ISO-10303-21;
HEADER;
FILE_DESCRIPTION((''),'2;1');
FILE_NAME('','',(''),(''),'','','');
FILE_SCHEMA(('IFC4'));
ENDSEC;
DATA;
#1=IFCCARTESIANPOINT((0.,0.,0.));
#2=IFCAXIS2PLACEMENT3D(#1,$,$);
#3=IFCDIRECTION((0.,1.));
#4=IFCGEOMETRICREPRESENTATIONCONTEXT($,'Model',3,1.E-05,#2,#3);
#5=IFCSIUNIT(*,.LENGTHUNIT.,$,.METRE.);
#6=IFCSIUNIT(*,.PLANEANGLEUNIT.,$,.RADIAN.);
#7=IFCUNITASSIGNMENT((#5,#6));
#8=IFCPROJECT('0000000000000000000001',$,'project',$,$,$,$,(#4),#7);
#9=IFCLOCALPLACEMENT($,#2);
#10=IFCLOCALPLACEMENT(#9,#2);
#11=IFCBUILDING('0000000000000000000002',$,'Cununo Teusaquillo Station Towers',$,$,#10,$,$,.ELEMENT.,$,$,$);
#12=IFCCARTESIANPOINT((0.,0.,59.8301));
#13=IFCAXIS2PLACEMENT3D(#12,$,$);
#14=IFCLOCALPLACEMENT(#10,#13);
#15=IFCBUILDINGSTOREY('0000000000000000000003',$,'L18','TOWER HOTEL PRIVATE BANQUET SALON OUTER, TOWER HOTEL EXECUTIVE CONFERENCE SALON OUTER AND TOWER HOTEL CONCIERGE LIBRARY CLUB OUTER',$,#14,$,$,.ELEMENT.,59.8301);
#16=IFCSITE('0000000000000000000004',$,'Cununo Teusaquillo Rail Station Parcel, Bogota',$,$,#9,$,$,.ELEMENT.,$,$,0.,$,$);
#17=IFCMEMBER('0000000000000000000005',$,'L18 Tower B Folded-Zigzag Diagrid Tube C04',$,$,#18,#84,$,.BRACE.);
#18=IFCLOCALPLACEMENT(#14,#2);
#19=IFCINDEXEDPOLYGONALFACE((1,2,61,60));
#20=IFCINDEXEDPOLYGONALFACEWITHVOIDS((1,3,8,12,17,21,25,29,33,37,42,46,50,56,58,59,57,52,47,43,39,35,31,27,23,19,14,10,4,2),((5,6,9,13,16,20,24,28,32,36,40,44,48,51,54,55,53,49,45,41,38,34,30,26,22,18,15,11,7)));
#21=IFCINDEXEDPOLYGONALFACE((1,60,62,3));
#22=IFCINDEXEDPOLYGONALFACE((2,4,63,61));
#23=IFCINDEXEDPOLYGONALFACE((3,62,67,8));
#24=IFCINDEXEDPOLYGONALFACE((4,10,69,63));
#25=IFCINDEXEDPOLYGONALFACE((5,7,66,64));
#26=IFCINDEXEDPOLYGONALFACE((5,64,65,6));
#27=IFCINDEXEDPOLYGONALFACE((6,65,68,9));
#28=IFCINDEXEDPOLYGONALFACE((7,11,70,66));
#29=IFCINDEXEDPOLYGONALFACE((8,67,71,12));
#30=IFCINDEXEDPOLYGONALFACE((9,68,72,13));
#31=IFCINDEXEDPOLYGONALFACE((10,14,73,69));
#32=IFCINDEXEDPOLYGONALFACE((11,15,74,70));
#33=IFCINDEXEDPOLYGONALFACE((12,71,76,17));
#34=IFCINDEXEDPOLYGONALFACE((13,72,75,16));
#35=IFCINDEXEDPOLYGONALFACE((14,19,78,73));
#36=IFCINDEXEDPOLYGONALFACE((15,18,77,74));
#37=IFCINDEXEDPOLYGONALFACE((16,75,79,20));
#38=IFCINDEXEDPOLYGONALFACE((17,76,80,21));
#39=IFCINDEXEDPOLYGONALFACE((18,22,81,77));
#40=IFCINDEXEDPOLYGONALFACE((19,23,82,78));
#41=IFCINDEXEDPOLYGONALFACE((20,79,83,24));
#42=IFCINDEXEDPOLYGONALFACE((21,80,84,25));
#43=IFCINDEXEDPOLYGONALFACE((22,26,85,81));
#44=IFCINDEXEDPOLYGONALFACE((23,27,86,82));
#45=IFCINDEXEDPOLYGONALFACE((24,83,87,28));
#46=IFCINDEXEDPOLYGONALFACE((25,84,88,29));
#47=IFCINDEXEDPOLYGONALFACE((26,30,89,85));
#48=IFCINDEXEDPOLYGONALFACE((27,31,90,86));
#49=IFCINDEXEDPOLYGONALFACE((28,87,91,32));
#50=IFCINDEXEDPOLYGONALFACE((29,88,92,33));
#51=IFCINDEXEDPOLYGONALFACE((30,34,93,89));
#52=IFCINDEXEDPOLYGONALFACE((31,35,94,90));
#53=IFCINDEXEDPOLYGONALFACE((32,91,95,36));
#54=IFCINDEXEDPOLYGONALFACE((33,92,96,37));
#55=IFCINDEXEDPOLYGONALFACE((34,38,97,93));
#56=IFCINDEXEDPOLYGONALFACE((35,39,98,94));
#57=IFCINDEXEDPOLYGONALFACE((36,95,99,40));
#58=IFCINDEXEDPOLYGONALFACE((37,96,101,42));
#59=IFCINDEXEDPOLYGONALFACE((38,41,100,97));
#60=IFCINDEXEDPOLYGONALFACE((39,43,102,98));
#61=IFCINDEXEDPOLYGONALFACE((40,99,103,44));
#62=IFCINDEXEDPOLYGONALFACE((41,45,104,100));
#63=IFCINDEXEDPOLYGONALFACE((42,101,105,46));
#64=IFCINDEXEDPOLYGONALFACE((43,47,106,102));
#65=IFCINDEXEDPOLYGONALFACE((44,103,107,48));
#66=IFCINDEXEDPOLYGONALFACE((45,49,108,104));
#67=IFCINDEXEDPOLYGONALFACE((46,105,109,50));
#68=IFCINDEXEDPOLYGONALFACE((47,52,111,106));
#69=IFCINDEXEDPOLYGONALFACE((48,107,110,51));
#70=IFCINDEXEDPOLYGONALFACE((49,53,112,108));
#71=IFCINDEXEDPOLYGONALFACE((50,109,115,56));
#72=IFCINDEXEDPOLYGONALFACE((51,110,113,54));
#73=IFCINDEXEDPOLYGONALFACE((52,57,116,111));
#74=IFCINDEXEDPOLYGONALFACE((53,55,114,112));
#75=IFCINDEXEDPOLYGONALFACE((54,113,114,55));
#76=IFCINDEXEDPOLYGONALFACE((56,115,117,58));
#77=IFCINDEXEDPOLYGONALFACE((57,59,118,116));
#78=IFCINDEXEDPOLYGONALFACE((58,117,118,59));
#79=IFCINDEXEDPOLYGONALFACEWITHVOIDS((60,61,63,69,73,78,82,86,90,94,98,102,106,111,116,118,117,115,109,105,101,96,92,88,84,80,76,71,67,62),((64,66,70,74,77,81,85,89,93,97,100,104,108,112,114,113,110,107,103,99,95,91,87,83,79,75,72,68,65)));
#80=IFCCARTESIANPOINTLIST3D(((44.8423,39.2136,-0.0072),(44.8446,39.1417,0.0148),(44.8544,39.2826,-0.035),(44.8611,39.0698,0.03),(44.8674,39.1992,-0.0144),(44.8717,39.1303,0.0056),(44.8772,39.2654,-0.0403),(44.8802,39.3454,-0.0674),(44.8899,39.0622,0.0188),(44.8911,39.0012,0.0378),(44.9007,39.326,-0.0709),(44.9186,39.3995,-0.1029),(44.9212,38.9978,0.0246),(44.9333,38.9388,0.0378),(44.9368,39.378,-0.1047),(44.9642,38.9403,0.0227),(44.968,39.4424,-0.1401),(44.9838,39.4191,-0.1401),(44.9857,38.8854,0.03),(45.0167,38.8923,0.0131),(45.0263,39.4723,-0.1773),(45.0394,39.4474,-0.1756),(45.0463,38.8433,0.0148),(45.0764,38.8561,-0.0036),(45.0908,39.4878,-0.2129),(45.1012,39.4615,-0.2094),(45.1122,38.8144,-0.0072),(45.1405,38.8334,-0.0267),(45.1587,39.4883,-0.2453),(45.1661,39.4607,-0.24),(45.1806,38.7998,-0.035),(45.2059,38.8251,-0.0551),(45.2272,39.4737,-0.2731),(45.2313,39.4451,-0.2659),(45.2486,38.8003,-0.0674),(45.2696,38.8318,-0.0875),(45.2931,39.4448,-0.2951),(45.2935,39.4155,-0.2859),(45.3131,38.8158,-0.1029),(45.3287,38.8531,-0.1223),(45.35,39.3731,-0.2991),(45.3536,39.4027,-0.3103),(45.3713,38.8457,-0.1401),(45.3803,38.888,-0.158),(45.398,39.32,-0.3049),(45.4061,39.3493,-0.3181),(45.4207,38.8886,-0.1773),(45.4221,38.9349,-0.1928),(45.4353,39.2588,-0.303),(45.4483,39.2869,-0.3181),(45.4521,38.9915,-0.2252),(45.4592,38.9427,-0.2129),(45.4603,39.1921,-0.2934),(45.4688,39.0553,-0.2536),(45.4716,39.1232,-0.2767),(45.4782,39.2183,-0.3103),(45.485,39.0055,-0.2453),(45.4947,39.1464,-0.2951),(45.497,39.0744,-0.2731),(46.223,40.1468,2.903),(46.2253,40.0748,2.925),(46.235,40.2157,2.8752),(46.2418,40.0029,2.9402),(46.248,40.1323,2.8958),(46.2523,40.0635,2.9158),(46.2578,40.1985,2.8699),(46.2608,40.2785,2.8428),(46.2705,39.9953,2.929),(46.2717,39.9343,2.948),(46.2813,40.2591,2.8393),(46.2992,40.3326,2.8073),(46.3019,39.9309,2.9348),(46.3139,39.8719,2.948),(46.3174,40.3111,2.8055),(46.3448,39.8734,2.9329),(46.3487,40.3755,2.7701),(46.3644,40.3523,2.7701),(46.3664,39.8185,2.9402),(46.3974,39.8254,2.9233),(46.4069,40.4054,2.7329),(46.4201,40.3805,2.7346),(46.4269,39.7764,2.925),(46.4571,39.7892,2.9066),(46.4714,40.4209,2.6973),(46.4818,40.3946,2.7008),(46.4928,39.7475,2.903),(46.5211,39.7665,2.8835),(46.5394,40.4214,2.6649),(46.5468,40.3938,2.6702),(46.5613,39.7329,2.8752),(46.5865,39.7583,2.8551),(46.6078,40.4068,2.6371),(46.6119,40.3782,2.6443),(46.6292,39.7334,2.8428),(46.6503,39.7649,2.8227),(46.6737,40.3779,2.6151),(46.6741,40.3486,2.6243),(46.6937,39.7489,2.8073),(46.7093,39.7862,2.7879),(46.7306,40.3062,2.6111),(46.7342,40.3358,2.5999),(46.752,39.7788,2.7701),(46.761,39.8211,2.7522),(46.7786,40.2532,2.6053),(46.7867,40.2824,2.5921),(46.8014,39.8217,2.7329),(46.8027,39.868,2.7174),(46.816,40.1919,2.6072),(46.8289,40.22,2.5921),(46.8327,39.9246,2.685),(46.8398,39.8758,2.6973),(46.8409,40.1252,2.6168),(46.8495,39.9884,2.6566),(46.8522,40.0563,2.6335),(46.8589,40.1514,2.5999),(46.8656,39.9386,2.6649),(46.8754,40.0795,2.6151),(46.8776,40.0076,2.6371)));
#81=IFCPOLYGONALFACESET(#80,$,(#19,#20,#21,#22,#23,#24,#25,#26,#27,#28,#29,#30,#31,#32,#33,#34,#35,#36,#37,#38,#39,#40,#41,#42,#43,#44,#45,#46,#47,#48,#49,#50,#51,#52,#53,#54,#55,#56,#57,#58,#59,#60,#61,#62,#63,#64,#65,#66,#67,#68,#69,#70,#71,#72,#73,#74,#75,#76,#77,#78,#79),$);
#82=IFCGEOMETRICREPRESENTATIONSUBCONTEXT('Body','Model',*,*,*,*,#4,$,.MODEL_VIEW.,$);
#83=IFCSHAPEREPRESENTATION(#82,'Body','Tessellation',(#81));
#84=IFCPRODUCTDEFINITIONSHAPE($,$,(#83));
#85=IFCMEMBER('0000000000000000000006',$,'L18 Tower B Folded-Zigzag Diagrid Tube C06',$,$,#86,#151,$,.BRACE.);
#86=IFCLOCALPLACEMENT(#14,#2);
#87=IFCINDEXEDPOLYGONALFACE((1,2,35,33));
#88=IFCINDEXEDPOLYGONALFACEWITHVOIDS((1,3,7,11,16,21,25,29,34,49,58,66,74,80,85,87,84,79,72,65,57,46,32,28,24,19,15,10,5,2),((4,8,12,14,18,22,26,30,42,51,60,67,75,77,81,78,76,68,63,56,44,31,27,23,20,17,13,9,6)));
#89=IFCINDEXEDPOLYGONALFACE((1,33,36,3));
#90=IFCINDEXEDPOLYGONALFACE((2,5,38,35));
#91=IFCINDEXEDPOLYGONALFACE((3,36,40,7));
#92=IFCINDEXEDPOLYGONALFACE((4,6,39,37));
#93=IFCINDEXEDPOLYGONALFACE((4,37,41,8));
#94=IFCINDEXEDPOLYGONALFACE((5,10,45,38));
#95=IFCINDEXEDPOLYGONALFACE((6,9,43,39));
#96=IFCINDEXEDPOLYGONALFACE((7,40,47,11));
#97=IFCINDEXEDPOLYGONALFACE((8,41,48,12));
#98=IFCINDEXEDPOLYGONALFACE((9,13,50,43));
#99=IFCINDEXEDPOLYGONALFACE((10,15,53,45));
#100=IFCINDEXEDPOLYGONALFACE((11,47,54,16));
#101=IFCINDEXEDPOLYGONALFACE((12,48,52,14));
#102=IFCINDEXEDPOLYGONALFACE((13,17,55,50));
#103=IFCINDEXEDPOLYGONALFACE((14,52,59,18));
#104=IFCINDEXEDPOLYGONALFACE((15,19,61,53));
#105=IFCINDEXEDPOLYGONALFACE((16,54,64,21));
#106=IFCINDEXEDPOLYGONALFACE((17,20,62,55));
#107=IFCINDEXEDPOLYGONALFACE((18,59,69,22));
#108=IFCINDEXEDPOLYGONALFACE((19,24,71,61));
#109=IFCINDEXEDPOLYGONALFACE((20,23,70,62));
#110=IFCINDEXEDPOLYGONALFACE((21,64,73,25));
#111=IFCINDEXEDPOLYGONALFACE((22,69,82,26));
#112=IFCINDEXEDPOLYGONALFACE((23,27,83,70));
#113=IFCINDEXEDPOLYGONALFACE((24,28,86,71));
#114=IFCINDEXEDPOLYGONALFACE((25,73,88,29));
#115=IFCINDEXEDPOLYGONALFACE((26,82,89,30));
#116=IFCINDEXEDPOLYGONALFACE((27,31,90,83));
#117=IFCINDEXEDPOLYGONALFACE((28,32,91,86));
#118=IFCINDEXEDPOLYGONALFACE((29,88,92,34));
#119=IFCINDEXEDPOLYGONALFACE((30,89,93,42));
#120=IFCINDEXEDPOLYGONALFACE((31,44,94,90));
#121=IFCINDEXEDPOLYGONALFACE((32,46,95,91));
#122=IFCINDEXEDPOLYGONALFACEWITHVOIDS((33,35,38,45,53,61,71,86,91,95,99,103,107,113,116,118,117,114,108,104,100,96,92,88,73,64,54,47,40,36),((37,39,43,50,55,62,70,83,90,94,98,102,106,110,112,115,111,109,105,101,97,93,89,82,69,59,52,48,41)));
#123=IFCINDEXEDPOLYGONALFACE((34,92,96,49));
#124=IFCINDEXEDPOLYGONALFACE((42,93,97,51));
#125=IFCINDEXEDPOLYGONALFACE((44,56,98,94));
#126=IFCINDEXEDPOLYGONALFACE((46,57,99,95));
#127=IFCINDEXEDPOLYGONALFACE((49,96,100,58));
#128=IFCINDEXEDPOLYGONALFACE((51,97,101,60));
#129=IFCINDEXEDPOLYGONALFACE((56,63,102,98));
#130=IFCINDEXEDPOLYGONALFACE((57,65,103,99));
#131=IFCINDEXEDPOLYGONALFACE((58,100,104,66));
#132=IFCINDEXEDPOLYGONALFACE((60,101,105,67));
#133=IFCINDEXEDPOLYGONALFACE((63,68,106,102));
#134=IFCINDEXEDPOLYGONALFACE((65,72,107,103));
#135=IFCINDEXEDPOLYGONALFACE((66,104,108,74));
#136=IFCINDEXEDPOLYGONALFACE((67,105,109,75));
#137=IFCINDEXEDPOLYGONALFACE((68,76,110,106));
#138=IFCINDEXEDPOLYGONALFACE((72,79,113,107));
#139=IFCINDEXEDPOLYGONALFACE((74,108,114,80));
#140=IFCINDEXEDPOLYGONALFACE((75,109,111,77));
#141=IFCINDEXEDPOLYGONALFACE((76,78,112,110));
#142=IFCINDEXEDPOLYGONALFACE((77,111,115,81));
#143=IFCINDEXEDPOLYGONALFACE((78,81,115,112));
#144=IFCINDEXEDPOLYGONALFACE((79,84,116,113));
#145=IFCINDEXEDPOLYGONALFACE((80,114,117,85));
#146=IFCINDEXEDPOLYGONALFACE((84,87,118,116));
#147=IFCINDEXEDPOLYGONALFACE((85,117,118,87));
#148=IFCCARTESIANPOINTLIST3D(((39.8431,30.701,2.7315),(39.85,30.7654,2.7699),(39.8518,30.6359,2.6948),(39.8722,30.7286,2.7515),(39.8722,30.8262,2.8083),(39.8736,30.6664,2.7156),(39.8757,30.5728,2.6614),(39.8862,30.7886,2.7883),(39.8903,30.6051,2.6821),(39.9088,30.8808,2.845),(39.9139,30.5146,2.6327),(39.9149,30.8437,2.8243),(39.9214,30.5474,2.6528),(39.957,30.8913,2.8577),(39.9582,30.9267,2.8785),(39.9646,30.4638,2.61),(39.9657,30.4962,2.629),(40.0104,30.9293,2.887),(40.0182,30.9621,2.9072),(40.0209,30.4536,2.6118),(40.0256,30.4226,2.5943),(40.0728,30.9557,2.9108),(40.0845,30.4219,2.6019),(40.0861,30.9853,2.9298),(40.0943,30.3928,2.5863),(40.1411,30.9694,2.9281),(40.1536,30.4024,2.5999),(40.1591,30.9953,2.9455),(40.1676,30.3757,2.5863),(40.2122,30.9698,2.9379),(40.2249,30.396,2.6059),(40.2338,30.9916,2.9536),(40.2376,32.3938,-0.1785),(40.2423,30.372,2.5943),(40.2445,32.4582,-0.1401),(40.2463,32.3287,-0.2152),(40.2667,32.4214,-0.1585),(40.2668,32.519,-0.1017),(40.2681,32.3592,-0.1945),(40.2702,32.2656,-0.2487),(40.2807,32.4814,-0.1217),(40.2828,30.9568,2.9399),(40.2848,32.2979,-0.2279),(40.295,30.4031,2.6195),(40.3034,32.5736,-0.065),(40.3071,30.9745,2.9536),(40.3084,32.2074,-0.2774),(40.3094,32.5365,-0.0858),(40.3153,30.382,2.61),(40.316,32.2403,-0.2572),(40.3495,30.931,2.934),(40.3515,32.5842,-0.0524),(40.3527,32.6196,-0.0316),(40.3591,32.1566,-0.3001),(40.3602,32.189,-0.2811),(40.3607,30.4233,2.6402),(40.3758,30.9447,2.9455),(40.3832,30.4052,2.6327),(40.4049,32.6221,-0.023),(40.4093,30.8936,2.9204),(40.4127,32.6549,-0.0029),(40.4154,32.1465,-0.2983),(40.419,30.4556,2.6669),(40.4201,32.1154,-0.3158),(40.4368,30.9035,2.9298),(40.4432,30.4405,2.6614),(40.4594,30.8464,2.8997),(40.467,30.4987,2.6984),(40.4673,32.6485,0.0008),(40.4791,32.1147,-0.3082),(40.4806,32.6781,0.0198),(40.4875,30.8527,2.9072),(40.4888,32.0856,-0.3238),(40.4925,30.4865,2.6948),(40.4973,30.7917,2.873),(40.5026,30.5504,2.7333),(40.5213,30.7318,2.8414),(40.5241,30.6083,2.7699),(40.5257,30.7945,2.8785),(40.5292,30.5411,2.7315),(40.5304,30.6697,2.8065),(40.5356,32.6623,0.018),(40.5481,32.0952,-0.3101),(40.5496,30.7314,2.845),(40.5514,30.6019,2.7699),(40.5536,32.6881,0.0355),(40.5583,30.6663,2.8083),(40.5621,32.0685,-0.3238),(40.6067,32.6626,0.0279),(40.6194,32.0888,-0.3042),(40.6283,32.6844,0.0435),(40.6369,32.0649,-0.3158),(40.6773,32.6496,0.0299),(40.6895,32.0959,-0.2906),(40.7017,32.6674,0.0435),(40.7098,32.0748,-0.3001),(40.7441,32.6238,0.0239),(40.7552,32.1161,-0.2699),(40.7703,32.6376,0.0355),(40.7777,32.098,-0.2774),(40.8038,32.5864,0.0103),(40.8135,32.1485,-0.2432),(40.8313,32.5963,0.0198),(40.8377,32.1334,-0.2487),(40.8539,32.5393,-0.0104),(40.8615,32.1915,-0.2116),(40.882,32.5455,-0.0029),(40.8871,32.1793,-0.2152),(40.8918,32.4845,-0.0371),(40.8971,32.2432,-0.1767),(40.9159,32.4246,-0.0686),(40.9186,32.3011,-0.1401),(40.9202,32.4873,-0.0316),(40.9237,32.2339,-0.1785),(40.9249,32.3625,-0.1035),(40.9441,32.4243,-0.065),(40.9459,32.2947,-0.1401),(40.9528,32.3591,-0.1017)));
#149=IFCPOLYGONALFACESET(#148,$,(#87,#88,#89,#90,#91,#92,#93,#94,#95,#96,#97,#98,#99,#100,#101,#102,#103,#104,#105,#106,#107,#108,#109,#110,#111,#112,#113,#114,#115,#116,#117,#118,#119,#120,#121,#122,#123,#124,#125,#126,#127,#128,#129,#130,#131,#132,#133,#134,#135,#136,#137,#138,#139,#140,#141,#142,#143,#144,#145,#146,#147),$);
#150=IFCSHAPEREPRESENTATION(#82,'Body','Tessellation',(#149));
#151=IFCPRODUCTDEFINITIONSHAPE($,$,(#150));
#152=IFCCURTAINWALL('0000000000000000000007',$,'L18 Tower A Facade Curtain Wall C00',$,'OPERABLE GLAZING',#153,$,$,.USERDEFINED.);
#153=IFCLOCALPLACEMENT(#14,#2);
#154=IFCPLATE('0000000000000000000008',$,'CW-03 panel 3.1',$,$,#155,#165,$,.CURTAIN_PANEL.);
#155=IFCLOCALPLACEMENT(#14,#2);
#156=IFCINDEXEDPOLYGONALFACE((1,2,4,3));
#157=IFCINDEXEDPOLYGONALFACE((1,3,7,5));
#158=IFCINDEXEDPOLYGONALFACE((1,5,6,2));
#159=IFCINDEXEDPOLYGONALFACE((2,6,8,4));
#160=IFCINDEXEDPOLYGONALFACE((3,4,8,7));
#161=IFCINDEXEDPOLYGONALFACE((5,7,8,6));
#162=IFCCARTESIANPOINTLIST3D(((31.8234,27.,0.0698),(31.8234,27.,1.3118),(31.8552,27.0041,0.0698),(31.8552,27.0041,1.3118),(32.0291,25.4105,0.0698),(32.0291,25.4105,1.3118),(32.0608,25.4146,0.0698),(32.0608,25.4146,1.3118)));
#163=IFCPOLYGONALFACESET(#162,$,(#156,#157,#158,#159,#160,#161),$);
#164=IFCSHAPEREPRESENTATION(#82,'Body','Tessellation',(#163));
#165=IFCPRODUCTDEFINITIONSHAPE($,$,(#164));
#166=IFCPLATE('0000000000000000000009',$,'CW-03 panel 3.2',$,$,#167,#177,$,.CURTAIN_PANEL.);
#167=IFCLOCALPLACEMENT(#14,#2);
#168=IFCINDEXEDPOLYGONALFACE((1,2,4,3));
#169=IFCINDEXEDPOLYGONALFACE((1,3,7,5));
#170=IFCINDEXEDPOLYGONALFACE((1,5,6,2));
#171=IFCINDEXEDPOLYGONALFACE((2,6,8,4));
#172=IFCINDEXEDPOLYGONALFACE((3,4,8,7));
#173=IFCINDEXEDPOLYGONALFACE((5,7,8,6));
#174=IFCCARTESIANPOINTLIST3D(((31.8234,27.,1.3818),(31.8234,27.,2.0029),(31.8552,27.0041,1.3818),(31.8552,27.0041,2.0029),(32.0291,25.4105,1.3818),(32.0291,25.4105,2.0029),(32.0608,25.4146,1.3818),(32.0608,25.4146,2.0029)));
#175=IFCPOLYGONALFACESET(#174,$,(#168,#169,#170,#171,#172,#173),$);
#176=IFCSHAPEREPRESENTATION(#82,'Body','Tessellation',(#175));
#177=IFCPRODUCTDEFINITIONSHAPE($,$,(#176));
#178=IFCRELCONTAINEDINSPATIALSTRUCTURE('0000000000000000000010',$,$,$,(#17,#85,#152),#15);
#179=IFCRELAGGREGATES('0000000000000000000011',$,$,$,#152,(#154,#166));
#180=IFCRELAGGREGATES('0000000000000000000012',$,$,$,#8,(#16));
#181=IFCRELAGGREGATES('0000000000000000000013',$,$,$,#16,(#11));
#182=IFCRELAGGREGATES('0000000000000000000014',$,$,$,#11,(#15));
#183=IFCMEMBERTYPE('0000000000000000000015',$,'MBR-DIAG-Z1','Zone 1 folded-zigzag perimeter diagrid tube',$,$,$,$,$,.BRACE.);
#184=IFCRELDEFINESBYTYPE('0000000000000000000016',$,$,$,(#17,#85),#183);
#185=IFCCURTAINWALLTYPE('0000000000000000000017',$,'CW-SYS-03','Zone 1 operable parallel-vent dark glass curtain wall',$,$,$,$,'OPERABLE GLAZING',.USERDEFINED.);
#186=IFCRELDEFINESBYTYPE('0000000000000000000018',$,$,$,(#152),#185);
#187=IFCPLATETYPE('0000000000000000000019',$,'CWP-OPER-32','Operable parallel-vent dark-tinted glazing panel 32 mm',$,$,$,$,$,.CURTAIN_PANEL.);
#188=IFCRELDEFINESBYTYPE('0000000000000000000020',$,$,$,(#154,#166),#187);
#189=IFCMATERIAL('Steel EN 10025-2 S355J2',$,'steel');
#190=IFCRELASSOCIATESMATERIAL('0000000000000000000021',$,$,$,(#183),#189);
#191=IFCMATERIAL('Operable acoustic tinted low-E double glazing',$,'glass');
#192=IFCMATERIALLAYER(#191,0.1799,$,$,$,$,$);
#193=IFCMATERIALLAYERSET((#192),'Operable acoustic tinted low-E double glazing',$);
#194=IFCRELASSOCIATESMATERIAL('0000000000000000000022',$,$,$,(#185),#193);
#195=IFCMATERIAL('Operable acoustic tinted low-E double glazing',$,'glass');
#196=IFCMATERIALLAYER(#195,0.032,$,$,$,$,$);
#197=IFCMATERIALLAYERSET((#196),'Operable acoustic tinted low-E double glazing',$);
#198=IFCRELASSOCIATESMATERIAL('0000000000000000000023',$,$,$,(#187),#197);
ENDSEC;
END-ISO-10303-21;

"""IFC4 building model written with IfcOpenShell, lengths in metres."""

from ifc_helpers import new_model, si_unit, direction, frame, origin, origin_2d, place, context, subcontext, project, spatial, rectangle, hollow_circle, extrude, source, transform, mapped, material, layer, layer_set, material_profile, profile_set, type_object, element, aggregate, save


model = new_model("IFC4")

# Units and contexts
model_context = context("Model", 3, precision=1e-05, world=origin(), true_north=direction((0.0, 1.0)))
body_context = subcontext(model_context, "Body", "Model", "MODEL_VIEW")
ifc_project = project(units=[si_unit("LENGTHUNIT", "METRE"), si_unit("PLANEANGLEUNIT", "RADIAN")], contexts=[model_context])

# Site, building, storey
site_placement = place(None, origin())
site = spatial("IfcSite", under=ifc_project, at=site_placement, Name="Cununo Teusaquillo Rail Station Parcel, Bogota", CompositionType="ELEMENT", RefElevation=0.0)
building_placement = place(site_placement, origin())
building = spatial("IfcBuilding", under=site, at=building_placement, Name="Cununo Teusaquillo Station Towers", CompositionType="ELEMENT")
storey_placement = place(building_placement, frame((0.0, 0.0, 59.8301)))
storey = spatial("IfcBuildingStorey", under=building, at=storey_placement, Name="L18", Description="TOWER HOTEL PRIVATE BANQUET SALON OUTER, TOWER HOTEL EXECUTIVE CONFERENCE SALON OUTER AND TOWER HOTEL CONCIERGE LIBRARY CLUB OUTER", CompositionType="ELEMENT", Elevation=59.8301)

# Members
ifc_material_1 = material(Name="Steel EN 10025-2 S355J2", Category="steel")
ifc_material_profile_1 = material_profile(ifc_material_1, hollow_circle(Radius=0.3601, WallThickness=0.0281, at=origin_2d()), Name="CHS 720x28")
ifc_profile_set_1 = profile_set([ifc_material_profile_1], Name="Steel EN 10025-2 S355J2")
member_type = type_object("IfcMemberType", Name="MBR-DIAG-Z1", Description="Zone 1 folded-zigzag perimeter diagrid tube", PredefinedType="BRACE", material=ifc_profile_set_1)
member_1_placement = place(storey_placement, frame((45.1697, 39.144, -0.1401), z_axis=(0.411697, 0.27825, 0.867803), x_axis=(-0.559963, 0.828517, 0.0)))
element("IfcMember", 1, at=member_1_placement, inside=storey, type_object=member_type, Name="L18 Tower B Folded-Zigzag Diagrid Tube C04", PredefinedType="BRACE", context=body_context, shape_type="SweptSolid", body=[
    extrude(hollow_circle(Radius=0.3601, WallThickness=0.0281, at=origin_2d()), origin(), (0.0, 0.0, 1.0), 3.3535),
])
member_2_placement = place(storey_placement, frame((40.5952, 32.3765, -0.1401), z_axis=(-0.116389, -0.499407, 0.858514), x_axis=(0.973901, -0.226972, 0.0)))
element("IfcMember", 2, at=member_2_placement, inside=storey, type_object=member_type, Name="L18 Tower B Folded-Zigzag Diagrid Tube C06", PredefinedType="BRACE", context=body_context, shape_type="SweptSolid", body=[
    extrude(hollow_circle(Radius=0.3601, WallThickness=0.0281, at=origin_2d()), origin(), (0.0, 0.0, 1.0), 3.3896),
])

# Curtain wall, plates
ifc_material_2 = material(Name="Operable acoustic tinted low-E double glazing", Category="glass")
ifc_layer_1 = layer(ifc_material_2, 0.1799)
ifc_layer_set_1 = layer_set([ifc_layer_1], Name="Operable acoustic tinted low-E double glazing")
curtain_wall_type = type_object("IfcCurtainWallType", Name="CW-SYS-03", Description="Zone 1 operable parallel-vent dark glass curtain wall", ElementType="OPERABLE GLAZING", PredefinedType="USERDEFINED", material=ifc_layer_set_1)
curtain_wall_placement = place(storey_placement, origin())
curtain_wall = element("IfcCurtainWall", 3, at=curtain_wall_placement, inside=storey, type_object=curtain_wall_type, Name="L18 Tower A Facade Curtain Wall C00", ObjectType="OPERABLE GLAZING", PredefinedType="USERDEFINED")
ifc_material_3 = material(Name="Operable acoustic tinted low-E double glazing", Category="glass")
ifc_layer_2 = layer(ifc_material_3, 0.032)
ifc_layer_set_2 = layer_set([ifc_layer_2], Name="Operable acoustic tinted low-E double glazing")
plate_type = type_object("IfcPlateType", Name="CWP-OPER-32", Description="Operable parallel-vent dark-tinted glazing panel 32 mm", PredefinedType="CURTAIN_PANEL", material=ifc_layer_set_2)
shared_shape_1 = source(origin(), body_context, "Body", "SweptSolid", [
    extrude(rectangle(XDim=1.6028, YDim=0.032, at=origin_2d()), origin(), (0.0, 0.0, 1.0), 1.2419),
])
plate_1_placement = place(storey_placement, frame((31.9421, 26.2073, 0.0698), z_axis=(0.0, 0.0, 1.0), x_axis=(0.128336, -0.991731, 0.0)))
plate_1 = element("IfcPlate", 4, at=plate_1_placement, type_object=plate_type, Name="CW-03 panel 3.1", PredefinedType="CURTAIN_PANEL", context=body_context, shape_type="MappedRepresentation", body=[
    mapped(shared_shape_1, transform((0.0, 0.0, 0.0), x_axis=(1.0, 0.0, 0.0), y_axis=(0.0, 1.0, 0.0), z_axis=(0.0, 0.0, 1.0), scale=1.0)),
])
shared_shape_2 = source(origin(), body_context, "Body", "SweptSolid", [
    extrude(rectangle(XDim=1.6028, YDim=0.032, at=origin_2d()), origin(), (0.0, 0.0, 1.0), 0.6211),
])
plate_2_placement = place(storey_placement, frame((31.9421, 26.2073, 1.3818), z_axis=(0.0, 0.0, 1.0), x_axis=(0.128336, -0.991731, 0.0)))
plate_2 = element("IfcPlate", 5, at=plate_2_placement, type_object=plate_type, Name="CW-03 panel 3.2", PredefinedType="CURTAIN_PANEL", context=body_context, shape_type="MappedRepresentation", body=[
    mapped(shared_shape_2, transform((0.0, 0.0, 0.0), x_axis=(1.0, 0.0, 0.0), y_axis=(0.0, 1.0, 0.0), z_axis=(0.0, 0.0, 1.0), scale=1.0)),
])
aggregate(curtain_wall, [plate_1, plate_2])

save(model, "model.ifc")
